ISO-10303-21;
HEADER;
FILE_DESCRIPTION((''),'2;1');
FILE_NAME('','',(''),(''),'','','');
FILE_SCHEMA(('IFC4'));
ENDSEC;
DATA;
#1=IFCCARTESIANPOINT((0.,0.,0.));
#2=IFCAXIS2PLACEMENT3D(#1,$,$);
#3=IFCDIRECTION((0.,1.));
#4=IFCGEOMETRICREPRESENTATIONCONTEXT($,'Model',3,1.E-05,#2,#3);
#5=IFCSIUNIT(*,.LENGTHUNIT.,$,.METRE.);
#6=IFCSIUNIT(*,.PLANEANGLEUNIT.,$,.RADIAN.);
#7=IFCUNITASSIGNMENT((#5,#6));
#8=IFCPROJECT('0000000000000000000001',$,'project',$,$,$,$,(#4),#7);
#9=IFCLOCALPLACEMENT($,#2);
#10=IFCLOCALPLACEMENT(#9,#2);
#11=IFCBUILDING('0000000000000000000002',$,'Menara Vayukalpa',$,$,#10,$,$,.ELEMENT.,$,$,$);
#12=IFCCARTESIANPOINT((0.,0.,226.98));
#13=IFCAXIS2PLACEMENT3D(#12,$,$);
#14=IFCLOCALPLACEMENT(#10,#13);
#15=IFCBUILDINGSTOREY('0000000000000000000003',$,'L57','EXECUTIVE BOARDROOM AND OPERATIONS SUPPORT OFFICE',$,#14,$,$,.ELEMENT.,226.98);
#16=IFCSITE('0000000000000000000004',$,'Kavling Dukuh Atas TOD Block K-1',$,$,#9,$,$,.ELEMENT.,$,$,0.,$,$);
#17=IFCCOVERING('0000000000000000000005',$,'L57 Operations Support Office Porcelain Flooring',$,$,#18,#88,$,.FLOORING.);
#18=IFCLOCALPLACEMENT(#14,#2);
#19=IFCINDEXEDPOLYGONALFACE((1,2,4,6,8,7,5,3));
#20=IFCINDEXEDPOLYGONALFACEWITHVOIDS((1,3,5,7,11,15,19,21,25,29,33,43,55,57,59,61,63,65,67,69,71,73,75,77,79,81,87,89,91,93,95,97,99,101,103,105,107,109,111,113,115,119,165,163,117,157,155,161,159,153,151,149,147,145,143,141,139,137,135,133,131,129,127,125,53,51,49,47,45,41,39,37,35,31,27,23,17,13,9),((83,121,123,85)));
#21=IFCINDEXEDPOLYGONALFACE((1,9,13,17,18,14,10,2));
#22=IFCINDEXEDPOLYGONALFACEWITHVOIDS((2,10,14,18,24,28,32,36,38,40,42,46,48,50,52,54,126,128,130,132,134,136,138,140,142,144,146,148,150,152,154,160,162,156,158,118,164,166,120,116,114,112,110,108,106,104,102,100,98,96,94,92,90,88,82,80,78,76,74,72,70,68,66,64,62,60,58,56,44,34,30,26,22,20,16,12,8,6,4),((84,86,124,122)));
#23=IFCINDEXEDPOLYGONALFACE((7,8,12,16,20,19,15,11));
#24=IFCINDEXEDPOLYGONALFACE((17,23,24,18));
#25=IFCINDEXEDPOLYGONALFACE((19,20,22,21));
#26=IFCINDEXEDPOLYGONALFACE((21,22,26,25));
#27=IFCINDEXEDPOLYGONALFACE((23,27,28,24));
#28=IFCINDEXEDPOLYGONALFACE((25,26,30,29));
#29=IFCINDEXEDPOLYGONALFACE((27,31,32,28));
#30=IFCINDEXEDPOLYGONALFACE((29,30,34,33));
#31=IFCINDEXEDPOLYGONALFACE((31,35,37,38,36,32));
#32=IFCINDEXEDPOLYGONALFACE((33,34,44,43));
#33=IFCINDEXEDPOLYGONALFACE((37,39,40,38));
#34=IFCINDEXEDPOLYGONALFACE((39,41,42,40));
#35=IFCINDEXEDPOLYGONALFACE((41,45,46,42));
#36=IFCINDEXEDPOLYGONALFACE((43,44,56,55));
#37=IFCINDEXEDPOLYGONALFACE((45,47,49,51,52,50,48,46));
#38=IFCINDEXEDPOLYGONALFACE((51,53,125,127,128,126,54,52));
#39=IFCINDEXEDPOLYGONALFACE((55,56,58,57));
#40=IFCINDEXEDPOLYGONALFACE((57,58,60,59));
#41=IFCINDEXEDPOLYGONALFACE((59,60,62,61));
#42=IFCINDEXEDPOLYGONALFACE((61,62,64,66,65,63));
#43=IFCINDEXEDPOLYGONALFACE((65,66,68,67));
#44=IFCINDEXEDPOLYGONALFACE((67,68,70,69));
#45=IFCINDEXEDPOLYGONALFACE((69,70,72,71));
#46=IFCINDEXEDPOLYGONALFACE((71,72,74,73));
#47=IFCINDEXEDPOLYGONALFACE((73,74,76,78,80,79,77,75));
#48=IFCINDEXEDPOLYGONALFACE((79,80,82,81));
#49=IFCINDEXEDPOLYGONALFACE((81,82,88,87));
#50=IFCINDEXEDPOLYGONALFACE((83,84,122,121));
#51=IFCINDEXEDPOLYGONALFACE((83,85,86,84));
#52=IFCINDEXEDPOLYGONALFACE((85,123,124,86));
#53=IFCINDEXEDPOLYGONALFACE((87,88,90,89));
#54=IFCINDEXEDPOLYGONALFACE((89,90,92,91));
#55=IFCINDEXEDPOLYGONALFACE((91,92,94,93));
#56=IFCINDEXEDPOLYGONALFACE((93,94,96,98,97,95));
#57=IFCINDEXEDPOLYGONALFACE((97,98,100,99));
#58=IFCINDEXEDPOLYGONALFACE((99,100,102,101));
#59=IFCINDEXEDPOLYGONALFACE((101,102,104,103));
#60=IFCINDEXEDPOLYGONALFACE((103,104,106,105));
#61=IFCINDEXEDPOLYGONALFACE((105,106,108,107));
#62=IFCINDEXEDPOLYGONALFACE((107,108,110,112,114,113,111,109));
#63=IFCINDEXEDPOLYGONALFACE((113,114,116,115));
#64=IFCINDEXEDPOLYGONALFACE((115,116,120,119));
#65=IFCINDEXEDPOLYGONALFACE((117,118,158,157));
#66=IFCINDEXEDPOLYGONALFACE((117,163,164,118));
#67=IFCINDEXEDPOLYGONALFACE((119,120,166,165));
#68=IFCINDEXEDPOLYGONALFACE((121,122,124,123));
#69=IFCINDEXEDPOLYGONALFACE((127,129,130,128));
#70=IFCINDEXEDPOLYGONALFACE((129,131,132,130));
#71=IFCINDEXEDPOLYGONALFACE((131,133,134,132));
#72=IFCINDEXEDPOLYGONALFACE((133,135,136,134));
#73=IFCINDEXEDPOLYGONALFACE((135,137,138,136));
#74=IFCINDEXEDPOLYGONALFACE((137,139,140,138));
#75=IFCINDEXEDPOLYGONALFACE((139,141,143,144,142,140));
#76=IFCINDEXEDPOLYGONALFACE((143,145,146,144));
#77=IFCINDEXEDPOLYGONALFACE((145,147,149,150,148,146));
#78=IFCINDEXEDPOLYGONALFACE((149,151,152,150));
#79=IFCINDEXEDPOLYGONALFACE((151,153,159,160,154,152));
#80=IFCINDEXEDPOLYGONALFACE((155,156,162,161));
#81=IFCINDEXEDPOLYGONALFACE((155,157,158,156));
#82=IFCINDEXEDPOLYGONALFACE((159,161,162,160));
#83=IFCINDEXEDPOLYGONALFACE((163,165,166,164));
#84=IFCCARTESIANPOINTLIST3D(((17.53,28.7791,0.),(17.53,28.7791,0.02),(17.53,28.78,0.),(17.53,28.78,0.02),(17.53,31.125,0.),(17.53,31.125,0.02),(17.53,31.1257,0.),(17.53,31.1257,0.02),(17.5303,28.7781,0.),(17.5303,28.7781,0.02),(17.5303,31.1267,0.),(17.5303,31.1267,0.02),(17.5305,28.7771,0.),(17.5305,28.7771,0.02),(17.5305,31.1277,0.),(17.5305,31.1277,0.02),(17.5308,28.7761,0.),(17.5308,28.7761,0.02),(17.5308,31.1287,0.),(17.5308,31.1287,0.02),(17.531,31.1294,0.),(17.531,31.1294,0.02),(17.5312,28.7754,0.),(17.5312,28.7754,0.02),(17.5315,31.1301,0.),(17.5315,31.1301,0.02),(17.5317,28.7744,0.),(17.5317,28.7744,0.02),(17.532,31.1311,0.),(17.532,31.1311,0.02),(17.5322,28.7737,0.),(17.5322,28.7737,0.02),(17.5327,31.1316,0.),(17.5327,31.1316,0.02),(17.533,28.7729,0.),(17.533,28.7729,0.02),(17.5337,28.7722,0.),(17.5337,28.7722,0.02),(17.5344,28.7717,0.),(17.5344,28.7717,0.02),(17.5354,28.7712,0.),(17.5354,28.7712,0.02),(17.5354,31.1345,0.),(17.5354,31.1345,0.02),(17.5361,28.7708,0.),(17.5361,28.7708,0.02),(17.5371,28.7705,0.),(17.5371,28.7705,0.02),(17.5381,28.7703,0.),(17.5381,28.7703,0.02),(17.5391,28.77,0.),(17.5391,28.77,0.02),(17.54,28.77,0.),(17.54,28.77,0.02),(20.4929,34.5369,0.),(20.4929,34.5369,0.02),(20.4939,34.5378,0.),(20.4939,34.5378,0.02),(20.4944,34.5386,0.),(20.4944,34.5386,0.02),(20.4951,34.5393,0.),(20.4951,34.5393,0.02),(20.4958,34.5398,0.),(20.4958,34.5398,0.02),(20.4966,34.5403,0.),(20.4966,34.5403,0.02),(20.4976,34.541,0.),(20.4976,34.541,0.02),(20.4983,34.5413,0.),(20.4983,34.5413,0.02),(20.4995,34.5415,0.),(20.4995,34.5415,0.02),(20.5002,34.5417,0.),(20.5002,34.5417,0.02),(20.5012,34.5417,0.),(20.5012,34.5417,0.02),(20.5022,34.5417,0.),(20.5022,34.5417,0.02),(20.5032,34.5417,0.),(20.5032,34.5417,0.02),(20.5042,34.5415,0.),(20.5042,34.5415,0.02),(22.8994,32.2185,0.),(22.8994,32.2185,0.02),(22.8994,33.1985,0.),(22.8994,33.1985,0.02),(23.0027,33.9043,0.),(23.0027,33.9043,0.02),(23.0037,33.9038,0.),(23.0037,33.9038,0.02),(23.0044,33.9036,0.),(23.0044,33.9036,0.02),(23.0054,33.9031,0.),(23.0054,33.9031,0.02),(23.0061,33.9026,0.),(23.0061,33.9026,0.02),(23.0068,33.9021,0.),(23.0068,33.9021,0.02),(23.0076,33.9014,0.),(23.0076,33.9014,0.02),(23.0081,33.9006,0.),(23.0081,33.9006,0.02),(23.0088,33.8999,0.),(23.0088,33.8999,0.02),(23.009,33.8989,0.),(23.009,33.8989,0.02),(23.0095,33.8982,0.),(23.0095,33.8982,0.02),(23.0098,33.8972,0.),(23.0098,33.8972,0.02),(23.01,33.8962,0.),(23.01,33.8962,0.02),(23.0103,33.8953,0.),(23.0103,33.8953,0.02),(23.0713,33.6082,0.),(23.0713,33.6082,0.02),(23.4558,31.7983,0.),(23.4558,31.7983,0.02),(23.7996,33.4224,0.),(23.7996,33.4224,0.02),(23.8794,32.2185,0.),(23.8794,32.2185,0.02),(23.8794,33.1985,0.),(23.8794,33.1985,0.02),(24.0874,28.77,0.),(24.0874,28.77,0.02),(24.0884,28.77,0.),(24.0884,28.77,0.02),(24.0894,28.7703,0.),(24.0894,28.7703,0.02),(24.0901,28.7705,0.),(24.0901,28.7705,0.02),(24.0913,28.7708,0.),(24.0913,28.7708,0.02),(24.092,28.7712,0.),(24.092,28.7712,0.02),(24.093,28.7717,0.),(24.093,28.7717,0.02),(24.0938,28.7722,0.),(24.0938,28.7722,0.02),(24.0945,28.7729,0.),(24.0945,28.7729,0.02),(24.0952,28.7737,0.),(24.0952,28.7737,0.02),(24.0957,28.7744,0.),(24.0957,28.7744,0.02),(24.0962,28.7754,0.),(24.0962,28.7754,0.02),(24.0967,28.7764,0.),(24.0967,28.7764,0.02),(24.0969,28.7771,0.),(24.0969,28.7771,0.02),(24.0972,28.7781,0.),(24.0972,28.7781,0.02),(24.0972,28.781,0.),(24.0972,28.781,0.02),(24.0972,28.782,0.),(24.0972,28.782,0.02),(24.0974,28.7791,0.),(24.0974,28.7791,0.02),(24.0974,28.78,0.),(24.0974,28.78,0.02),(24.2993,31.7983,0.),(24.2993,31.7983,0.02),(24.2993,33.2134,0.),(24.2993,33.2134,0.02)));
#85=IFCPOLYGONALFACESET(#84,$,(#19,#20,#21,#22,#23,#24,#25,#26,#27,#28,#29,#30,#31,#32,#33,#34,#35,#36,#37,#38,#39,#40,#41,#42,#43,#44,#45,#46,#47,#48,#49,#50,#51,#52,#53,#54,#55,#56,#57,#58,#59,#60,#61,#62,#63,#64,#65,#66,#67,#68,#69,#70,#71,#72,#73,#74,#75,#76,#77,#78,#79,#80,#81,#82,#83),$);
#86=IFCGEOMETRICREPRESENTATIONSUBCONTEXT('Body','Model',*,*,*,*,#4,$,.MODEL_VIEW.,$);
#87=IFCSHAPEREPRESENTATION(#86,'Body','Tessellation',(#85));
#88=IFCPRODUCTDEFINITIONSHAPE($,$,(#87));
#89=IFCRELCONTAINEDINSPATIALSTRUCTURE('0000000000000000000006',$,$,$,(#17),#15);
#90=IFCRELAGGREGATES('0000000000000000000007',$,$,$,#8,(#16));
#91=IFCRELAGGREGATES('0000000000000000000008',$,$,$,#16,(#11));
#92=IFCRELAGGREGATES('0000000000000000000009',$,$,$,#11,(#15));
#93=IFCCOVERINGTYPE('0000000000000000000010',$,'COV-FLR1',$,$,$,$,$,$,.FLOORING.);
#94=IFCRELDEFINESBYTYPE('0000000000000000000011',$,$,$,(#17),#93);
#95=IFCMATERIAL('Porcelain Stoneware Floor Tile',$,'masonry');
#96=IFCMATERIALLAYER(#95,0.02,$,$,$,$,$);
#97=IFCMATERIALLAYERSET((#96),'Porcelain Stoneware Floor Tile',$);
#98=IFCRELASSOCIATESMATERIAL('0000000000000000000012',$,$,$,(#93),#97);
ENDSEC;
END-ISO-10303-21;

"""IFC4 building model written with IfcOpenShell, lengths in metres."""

from ifc_helpers import new_model, si_unit, direction, frame, origin, place, context, subcontext, project, spatial, polyline, outline, extrude, material, layer, layer_set, type_object, element, save


model = new_model("IFC4")

# Units and contexts
model_context = context("Model", 3, precision=1e-05, world=origin(), true_north=direction((0.0, 1.0)))
body_context = subcontext(model_context, "Body", "Model", "MODEL_VIEW")
ifc_project = project(units=[si_unit("LENGTHUNIT", "METRE"), si_unit("PLANEANGLEUNIT", "RADIAN")], contexts=[model_context])

# Site, building, storey
site_placement = place(None, origin())
site = spatial("IfcSite", under=ifc_project, at=site_placement, Name="Kavling Dukuh Atas TOD Block K-1", CompositionType="ELEMENT", RefElevation=0.0)
building_placement = place(site_placement, origin())
building = spatial("IfcBuilding", under=site, at=building_placement, Name="Menara Vayukalpa", CompositionType="ELEMENT")
storey_placement = place(building_placement, frame((0.0, 0.0, 226.98)))
storey = spatial("IfcBuildingStorey", under=building, at=storey_placement, Name="L57", Description="EXECUTIVE BOARDROOM AND OPERATIONS SUPPORT OFFICE", CompositionType="ELEMENT", Elevation=226.98)

# Covering
ifc_material_1 = material(Name="Porcelain Stoneware Floor Tile", Category="masonry")
ifc_layer_1 = layer(ifc_material_1, 0.02)
ifc_layer_set_1 = layer_set([ifc_layer_1], Name="Porcelain Stoneware Floor Tile")
covering_type_1 = type_object("IfcCoveringType", Name="COV-FLR1", PredefinedType="FLOORING", material=ifc_layer_set_1)
covering_1_placement = place(storey_placement, origin())
element("IfcCovering", 1, at=covering_1_placement, inside=storey, type_object=covering_type_1, Name="L57 Operations Support Office Porcelain Flooring", PredefinedType="FLOORING", context=body_context, shape_type="SweptSolid", body=[
    extrude(outline(polyline([(23.0044, 33.9036), (23.0054, 33.9031), (23.0061, 33.9026), (23.0068, 33.9021), (23.0076, 33.9014), (23.0081, 33.9006), (23.0088, 33.8999), (23.009, 33.8989), (23.0095, 33.8982), (23.0098, 33.8972), (23.01, 33.8962), (23.0103, 33.8953), (23.0713, 33.6082), (23.7996, 33.4224), (24.2993, 33.2134), (24.2993, 31.7983), (23.4558, 31.7983), (24.0972, 28.782), (24.0972, 28.781), (24.0974, 28.78), (24.0974, 28.7791), (24.0972, 28.7781), (24.0969, 28.7771), (24.0967, 28.7764), (24.0962, 28.7754), (24.0957, 28.7744), (24.0952, 28.7737), (24.0945, 28.7729), (24.0938, 28.7722), (24.093, 28.7717), (24.092, 28.7712), (24.0913, 28.7708), (24.0901, 28.7705), (24.0894, 28.7703), (24.0884, 28.77), (24.0874, 28.77), (17.54, 28.77), (17.5391, 28.77), (17.5381, 28.7703), (17.5371, 28.7705), (17.5361, 28.7708), (17.5354, 28.7712), (17.5344, 28.7717), (17.5337, 28.7722), (17.533, 28.7729), (17.5322, 28.7737), (17.5317, 28.7744), (17.5312, 28.7754), (17.5308, 28.7761), (17.5305, 28.7771), (17.5303, 28.7781), (17.53, 28.7791), (17.53, 28.78), (17.53, 31.125), (17.53, 31.1257), (17.5303, 31.1267), (17.5305, 31.1277), (17.5308, 31.1287), (17.531, 31.1294), (17.5315, 31.1301), (17.532, 31.1311), (17.5327, 31.1316), (17.5354, 31.1345), (20.4929, 34.5369), (20.4939, 34.5378), (20.4944, 34.5386), (20.4951, 34.5393), (20.4958, 34.5398), (20.4966, 34.5403), (20.4976, 34.541), (20.4983, 34.5413), (20.4995, 34.5415), (20.5002, 34.5417), (20.5012, 34.5417), (20.5022, 34.5417), (20.5032, 34.5417), (20.5042, 34.5415), (23.0027, 33.9043), (23.0037, 33.9038), (23.0044, 33.9036)]), holes=[polyline([(23.8794, 33.1985), (22.8994, 33.1985), (22.8994, 32.2185), (23.8794, 32.2185), (23.8794, 33.1985)])]), origin(), (0.0, 0.0, 1.0), 0.02),
])

save(model, "model.ifc")
